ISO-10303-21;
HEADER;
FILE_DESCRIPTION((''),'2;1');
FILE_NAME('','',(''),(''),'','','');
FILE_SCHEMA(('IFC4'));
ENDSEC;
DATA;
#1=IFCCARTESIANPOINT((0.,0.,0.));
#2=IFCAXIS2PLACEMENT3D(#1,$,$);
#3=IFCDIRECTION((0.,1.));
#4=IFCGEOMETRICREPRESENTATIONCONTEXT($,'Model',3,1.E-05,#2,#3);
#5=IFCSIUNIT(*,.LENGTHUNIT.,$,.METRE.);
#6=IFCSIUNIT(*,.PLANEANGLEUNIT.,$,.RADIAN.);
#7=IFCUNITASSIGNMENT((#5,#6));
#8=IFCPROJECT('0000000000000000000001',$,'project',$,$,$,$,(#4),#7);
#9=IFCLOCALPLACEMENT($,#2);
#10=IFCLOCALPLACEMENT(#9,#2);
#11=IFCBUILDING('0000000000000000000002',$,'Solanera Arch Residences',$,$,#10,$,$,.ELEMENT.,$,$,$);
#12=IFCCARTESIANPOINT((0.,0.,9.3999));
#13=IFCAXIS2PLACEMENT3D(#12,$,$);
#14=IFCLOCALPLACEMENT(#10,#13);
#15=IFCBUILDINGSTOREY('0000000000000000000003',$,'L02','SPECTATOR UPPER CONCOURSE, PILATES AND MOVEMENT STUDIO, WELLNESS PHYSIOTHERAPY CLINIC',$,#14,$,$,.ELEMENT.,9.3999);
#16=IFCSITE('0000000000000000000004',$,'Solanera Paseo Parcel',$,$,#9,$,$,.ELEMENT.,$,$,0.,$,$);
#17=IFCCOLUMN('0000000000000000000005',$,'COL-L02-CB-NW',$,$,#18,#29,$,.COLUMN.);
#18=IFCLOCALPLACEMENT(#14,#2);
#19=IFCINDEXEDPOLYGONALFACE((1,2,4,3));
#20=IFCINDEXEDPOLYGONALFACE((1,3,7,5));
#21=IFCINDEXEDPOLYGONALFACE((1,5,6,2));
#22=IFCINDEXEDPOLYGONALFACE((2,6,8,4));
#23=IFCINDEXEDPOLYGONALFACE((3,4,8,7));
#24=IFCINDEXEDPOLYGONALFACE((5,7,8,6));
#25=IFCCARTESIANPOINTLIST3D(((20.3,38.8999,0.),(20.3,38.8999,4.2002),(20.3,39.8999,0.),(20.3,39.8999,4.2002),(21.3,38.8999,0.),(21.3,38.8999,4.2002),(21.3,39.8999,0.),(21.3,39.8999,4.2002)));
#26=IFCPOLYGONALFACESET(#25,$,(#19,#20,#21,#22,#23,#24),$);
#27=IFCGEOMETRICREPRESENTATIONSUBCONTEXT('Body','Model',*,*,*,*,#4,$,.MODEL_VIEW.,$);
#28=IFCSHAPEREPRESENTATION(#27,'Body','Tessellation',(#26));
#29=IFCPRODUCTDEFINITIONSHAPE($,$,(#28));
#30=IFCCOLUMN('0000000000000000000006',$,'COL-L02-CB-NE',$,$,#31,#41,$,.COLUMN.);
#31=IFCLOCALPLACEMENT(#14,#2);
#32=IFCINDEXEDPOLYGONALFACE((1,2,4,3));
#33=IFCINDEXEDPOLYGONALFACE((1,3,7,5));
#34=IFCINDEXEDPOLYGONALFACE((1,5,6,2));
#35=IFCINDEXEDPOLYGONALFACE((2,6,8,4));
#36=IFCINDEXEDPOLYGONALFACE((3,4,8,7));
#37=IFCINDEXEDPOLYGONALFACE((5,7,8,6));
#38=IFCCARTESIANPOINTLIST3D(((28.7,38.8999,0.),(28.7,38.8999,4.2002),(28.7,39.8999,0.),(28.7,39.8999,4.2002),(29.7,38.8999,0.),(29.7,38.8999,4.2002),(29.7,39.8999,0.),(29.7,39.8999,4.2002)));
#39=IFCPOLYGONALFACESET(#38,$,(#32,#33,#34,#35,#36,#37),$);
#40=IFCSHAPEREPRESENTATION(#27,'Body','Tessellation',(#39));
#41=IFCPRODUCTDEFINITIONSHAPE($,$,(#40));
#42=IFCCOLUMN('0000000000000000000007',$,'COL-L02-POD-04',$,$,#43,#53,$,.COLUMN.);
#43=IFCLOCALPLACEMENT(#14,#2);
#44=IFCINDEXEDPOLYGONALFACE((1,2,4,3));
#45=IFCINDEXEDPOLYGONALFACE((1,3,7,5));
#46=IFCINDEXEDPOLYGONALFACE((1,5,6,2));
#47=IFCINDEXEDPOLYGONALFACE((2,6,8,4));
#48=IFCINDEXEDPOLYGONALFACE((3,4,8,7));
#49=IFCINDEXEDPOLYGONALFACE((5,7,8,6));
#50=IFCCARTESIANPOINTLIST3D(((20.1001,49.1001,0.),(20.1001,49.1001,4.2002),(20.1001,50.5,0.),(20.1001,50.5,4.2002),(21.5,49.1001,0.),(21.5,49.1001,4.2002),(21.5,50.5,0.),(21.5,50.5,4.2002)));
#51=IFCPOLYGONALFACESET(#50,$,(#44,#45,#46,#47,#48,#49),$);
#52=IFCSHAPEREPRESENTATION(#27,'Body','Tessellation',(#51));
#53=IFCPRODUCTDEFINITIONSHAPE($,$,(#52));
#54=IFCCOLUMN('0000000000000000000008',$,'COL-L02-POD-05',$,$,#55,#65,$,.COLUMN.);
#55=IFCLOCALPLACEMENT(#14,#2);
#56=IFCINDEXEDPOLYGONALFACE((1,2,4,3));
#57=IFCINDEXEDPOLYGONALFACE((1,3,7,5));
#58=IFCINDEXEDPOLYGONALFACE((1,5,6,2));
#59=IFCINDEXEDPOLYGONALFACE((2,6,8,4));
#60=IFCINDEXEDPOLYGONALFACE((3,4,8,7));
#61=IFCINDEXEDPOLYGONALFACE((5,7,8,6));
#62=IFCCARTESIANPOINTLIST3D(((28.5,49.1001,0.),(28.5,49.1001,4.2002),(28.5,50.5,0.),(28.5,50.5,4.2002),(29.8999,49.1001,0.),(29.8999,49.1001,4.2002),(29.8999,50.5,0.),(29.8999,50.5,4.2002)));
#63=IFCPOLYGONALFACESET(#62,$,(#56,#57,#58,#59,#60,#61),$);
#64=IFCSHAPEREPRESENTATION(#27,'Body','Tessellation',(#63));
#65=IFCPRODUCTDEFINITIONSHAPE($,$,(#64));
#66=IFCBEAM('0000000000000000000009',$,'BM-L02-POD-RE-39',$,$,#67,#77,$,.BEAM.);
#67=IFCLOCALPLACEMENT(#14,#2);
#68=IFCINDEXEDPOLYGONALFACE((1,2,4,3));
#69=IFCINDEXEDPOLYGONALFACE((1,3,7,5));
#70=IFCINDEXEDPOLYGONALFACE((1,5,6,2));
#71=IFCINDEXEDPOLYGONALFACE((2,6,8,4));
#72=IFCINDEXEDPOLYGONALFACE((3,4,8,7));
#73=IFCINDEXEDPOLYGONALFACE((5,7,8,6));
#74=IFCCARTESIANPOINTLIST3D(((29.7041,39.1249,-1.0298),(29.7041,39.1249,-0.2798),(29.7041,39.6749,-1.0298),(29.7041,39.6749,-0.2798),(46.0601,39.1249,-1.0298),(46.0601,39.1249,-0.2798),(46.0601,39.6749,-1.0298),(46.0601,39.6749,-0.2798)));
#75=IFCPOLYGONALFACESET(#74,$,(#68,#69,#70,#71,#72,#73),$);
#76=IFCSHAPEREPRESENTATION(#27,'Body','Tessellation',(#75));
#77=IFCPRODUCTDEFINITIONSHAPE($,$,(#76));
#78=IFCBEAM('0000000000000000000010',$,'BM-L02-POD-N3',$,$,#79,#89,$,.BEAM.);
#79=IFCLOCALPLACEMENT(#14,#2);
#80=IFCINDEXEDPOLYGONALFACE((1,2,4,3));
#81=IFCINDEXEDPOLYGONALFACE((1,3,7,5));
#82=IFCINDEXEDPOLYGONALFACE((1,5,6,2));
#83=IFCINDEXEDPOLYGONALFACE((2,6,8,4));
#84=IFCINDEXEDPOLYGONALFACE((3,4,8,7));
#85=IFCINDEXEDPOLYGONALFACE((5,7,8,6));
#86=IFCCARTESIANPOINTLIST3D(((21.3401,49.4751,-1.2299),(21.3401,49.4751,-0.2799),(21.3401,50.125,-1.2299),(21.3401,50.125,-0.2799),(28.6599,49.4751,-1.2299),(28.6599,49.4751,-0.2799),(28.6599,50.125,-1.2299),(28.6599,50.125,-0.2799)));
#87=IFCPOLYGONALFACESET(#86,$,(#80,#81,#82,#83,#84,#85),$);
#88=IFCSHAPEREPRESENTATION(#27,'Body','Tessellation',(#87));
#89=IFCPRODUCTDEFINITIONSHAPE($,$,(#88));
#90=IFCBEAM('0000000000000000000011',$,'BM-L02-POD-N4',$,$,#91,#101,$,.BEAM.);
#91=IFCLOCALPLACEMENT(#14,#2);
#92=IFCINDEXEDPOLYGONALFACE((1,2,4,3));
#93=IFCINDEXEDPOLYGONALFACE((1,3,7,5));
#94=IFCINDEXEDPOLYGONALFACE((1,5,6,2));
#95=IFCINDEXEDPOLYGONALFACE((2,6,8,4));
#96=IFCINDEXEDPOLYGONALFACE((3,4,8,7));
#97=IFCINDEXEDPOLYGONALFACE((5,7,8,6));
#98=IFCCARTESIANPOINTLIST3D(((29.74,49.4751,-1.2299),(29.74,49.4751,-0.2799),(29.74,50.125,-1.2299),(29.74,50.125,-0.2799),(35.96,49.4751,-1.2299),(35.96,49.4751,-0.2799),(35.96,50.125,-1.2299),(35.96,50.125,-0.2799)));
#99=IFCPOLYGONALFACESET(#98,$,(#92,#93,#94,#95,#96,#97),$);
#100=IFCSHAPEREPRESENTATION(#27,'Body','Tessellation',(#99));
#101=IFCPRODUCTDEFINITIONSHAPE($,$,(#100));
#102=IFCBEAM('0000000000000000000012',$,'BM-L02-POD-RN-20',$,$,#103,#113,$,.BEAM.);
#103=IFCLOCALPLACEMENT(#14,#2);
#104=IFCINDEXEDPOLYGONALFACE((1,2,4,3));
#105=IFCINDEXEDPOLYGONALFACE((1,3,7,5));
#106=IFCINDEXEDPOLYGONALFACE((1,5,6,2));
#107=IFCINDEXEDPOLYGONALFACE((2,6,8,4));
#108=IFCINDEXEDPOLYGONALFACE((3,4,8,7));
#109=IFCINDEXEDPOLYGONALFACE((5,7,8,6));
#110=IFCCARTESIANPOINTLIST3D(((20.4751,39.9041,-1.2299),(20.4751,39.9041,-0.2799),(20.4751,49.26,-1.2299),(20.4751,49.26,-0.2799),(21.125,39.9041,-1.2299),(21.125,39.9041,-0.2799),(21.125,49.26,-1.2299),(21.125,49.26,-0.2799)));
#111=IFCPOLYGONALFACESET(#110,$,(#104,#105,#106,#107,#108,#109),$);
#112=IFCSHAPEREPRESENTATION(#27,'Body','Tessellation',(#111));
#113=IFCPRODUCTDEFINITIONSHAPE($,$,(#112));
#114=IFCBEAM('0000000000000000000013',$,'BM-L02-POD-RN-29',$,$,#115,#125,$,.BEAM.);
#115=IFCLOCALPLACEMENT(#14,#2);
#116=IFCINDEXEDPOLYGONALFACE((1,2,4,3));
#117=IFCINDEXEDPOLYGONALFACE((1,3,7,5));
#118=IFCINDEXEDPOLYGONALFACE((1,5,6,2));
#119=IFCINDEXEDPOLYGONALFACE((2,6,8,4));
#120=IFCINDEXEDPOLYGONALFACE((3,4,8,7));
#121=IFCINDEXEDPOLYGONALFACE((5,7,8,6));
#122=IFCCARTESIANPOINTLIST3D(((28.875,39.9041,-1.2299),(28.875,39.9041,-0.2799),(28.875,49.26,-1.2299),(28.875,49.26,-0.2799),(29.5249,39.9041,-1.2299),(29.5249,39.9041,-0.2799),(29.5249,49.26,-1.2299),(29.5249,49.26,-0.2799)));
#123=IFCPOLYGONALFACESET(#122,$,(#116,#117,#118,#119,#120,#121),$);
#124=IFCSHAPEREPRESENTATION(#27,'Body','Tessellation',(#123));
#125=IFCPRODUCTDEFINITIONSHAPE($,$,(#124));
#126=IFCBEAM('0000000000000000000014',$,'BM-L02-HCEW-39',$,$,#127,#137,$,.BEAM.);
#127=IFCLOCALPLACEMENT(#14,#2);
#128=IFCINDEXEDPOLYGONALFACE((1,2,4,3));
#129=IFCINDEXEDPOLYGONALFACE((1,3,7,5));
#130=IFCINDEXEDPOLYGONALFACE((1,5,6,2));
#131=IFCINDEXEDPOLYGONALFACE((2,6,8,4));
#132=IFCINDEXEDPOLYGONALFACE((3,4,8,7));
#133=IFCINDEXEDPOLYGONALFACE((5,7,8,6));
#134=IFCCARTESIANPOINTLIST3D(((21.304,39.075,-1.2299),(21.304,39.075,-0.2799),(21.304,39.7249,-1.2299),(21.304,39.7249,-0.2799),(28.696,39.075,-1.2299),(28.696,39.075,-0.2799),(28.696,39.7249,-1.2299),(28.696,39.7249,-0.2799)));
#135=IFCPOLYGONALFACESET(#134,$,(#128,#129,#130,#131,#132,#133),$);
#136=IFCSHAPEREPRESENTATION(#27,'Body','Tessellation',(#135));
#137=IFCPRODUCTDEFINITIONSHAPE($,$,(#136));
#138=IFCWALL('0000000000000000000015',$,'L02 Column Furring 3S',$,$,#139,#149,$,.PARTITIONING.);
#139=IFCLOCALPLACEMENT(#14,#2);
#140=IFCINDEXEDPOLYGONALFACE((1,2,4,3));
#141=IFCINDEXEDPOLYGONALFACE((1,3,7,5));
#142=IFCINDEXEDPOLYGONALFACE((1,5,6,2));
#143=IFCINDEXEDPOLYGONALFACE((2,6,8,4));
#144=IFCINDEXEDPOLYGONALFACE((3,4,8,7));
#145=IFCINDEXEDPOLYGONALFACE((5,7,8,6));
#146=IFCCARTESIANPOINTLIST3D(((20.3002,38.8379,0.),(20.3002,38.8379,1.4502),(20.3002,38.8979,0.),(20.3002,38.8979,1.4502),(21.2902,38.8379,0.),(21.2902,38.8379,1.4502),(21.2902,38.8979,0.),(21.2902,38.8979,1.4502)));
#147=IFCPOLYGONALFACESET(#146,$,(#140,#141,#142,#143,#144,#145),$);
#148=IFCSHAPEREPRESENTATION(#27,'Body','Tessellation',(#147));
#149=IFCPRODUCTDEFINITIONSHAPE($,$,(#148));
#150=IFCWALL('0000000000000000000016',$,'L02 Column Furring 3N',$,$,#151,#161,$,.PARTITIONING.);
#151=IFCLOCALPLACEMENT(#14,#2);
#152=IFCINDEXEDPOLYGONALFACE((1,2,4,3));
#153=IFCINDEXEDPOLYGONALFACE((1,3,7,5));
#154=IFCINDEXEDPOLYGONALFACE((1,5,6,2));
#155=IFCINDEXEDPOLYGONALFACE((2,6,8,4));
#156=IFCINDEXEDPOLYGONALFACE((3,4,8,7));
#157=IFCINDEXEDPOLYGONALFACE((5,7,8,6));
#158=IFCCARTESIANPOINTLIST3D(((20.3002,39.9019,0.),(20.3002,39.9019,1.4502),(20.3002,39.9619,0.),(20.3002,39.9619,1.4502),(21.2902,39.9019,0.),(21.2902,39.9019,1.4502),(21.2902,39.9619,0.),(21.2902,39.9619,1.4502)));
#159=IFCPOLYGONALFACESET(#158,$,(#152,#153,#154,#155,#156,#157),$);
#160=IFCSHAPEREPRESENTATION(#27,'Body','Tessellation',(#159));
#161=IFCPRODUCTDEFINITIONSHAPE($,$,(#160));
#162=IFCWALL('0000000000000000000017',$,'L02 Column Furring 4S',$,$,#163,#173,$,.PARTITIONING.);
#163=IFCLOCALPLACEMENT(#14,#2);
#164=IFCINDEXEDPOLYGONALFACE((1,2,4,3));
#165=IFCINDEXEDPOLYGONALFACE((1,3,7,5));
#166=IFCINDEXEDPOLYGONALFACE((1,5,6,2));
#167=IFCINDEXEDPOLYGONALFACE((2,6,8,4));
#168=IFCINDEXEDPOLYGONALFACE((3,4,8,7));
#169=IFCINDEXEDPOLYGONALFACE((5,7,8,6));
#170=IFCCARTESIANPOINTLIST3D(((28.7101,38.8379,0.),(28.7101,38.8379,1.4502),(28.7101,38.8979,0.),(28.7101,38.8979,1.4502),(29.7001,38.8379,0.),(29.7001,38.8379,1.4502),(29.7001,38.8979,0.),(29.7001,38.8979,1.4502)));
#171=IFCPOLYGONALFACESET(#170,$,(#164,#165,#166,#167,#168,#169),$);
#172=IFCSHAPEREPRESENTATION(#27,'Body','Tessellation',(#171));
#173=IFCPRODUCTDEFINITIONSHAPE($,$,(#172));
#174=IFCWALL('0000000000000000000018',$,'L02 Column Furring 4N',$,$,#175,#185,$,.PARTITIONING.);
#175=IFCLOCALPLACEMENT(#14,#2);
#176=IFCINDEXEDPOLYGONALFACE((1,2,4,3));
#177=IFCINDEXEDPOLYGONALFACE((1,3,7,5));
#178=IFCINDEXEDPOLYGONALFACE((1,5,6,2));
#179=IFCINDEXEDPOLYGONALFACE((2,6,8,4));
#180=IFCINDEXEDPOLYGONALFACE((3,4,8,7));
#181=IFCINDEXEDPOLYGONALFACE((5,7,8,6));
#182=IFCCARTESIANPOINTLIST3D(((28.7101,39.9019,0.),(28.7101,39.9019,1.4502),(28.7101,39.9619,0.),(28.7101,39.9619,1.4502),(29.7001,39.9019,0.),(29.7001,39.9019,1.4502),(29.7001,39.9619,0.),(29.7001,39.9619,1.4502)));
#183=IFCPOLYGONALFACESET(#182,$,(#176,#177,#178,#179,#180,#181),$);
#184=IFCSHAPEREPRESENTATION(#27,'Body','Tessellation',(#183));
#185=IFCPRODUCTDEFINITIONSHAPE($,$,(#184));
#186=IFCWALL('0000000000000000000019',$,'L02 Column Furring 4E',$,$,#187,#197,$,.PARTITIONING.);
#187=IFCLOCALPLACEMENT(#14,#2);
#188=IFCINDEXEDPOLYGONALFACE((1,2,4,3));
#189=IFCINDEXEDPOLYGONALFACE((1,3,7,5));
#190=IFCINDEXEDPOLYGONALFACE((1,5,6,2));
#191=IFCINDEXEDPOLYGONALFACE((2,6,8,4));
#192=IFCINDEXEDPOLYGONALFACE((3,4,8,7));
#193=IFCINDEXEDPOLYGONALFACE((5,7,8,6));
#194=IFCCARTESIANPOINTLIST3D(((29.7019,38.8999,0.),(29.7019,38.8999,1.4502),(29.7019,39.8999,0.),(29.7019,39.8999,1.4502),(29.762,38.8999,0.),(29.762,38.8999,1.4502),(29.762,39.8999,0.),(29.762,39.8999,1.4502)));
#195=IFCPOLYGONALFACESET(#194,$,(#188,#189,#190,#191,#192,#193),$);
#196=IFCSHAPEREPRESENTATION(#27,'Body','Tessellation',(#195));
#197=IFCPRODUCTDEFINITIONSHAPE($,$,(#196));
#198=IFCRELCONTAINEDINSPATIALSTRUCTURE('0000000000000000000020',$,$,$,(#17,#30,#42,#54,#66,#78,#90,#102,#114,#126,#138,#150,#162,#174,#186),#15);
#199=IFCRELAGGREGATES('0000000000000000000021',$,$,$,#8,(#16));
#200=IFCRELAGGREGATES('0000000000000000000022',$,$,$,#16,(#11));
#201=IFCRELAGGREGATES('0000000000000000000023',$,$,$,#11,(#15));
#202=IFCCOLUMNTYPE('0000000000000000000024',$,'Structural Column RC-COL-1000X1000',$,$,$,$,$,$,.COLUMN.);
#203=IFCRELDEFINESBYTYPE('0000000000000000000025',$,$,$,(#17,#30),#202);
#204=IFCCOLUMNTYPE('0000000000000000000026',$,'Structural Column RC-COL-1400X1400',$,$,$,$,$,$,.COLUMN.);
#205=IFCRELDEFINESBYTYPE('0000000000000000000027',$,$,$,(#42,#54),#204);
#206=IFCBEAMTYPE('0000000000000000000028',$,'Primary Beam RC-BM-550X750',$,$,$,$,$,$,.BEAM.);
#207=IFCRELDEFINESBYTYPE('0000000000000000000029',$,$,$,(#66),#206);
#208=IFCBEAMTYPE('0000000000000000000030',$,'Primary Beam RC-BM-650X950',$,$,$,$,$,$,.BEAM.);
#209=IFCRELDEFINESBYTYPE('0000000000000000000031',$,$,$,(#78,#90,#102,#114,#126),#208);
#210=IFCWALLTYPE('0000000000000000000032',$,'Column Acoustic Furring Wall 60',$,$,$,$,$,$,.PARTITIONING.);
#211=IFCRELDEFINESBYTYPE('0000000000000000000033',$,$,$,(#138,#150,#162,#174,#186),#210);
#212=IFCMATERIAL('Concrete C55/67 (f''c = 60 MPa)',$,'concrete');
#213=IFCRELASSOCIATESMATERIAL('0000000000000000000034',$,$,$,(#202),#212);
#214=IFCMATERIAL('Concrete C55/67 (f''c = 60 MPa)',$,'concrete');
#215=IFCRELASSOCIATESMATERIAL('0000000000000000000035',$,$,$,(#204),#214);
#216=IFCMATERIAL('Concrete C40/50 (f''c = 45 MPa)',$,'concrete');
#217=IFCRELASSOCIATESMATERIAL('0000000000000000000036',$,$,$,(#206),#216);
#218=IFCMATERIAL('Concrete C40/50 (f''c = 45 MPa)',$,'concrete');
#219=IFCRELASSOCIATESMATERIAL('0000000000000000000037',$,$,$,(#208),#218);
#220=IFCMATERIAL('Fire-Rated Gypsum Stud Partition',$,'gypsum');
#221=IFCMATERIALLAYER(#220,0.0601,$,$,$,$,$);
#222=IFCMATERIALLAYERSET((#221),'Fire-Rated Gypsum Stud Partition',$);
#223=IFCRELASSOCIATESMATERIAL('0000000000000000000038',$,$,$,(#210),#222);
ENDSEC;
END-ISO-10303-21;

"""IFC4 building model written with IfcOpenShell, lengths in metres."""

from ifc_helpers import new_model, si_unit, direction, frame, frame_2d, origin, origin_2d, place, context, subcontext, project, spatial, rectangle, extrude, material, layer, layer_set, material_profile, profile_set, type_object, element, save


model = new_model("IFC4")

# Units and contexts
model_context = context("Model", 3, precision=1e-05, world=origin(), true_north=direction((0.0, 1.0)))
body_context = subcontext(model_context, "Body", "Model", "MODEL_VIEW")
ifc_project = project(units=[si_unit("LENGTHUNIT", "METRE"), si_unit("PLANEANGLEUNIT", "RADIAN")], contexts=[model_context])

# Site, building, storey
site_placement = place(None, origin())
site = spatial("IfcSite", under=ifc_project, at=site_placement, Name="Solanera Paseo Parcel", CompositionType="ELEMENT", RefElevation=0.0)
building_placement = place(site_placement, origin())
building = spatial("IfcBuilding", under=site, at=building_placement, Name="Solanera Arch Residences", CompositionType="ELEMENT")
storey_placement = place(building_placement, frame((0.0, 0.0, 9.3999)))
storey = spatial("IfcBuildingStorey", under=building, at=storey_placement, Name="L02", Description="SPECTATOR UPPER CONCOURSE, PILATES AND MOVEMENT STUDIO, WELLNESS PHYSIOTHERAPY CLINIC", CompositionType="ELEMENT", Elevation=9.3999)

# Columns
ifc_material_1 = material(Name="Concrete C55/67 (f'c = 60 MPa)", Category="concrete")
ifc_material_profile_1 = material_profile(ifc_material_1, rectangle(XDim=1.0, YDim=1.0, at=origin_2d()))
ifc_profile_set_1 = profile_set([ifc_material_profile_1], Name="Concrete C55/67 (f'c = 60 MPa)")
column_type_1 = type_object("IfcColumnType", Name="Structural Column RC-COL-1000X1000", PredefinedType="COLUMN", material=ifc_profile_set_1)
for number, where, z_axis, x_axis, name in (
    (1, (20.8, 39.3999, 0.0), (0.0, 0.0, 1.0), (1.0, 0.0, 0.0), "COL-L02-CB-NW"),
    (2, (29.2, 39.3999, 0.0), (0.0, 0.0, 1.0), (1.0, 0.0, 0.0), "COL-L02-CB-NE"),
):
    element("IfcColumn", number, at=place(storey_placement, frame(where, z_axis=z_axis, x_axis=x_axis)), inside=storey, type_object=column_type_1, Name=name, PredefinedType="COLUMN", context=body_context, shape_type="SweptSolid", body=[
        extrude(rectangle(XDim=1.0, YDim=1.0, at=origin_2d()), origin(), (0.0, 0.0, 1.0), 4.2002),
    ])
ifc_material_2 = material(Name="Concrete C55/67 (f'c = 60 MPa)", Category="concrete")
ifc_material_profile_2 = material_profile(ifc_material_2, rectangle(XDim=1.3999, YDim=1.3999, at=origin_2d()))
ifc_profile_set_2 = profile_set([ifc_material_profile_2], Name="Concrete C55/67 (f'c = 60 MPa)")
column_type_2 = type_object("IfcColumnType", Name="Structural Column RC-COL-1400X1400", PredefinedType="COLUMN", material=ifc_profile_set_2)
for number, where, z_axis, x_axis, name in (
    (3, (20.8, 49.8, 0.0), (0.0, 0.0, 1.0), (1.0, 0.0, 0.0), "COL-L02-POD-04"),
    (4, (29.2, 49.8, 0.0), (0.0, 0.0, 1.0), (1.0, 0.0, 0.0), "COL-L02-POD-05"),
):
    element("IfcColumn", number, at=place(storey_placement, frame(where, z_axis=z_axis, x_axis=x_axis)), inside=storey, type_object=column_type_2, Name=name, PredefinedType="COLUMN", context=body_context, shape_type="SweptSolid", body=[
        extrude(rectangle(XDim=1.3999, YDim=1.3999, at=origin_2d()), origin(), (0.0, 0.0, 1.0), 4.2002),
    ])

# Beams
ifc_material_3 = material(Name="Concrete C40/50 (f'c = 45 MPa)", Category="concrete")
ifc_material_profile_3 = material_profile(ifc_material_3, rectangle(XDim=0.55, YDim=0.75, at=origin_2d()))
ifc_profile_set_3 = profile_set([ifc_material_profile_3], Name="Concrete C40/50 (f'c = 45 MPa)")
beam_type_1 = type_object("IfcBeamType", Name="Primary Beam RC-BM-550X750", PredefinedType="BEAM", material=ifc_profile_set_3)
beam_1_placement = place(storey_placement, frame((29.7041, 39.3999, -0.6548), z_axis=(1.0, 0.0, 0.0), x_axis=(0.0, 1.0, 0.0)))
element("IfcBeam", 5, at=beam_1_placement, inside=storey, type_object=beam_type_1, Name="BM-L02-POD-RE-39", PredefinedType="BEAM", context=body_context, shape_type="SweptSolid", body=[
    extrude(rectangle(XDim=0.55, YDim=0.75, at=origin_2d()), origin(), (0.0, 0.0, 1.0), 16.356),
])
ifc_material_4 = material(Name="Concrete C40/50 (f'c = 45 MPa)", Category="concrete")
ifc_material_profile_4 = material_profile(ifc_material_4, rectangle(XDim=0.6499, YDim=0.95, at=origin_2d()))
ifc_profile_set_4 = profile_set([ifc_material_profile_4], Name="Concrete C40/50 (f'c = 45 MPa)")
beam_type_2 = type_object("IfcBeamType", Name="Primary Beam RC-BM-650X950", PredefinedType="BEAM", material=ifc_profile_set_4)
beam_2_placement = place(storey_placement, frame((21.3401, 49.8, -0.7549), z_axis=(1.0, 0.0, 0.0), x_axis=(0.0, 1.0, 0.0)))
element("IfcBeam", 6, at=beam_2_placement, inside=storey, type_object=beam_type_2, Name="BM-L02-POD-N3", PredefinedType="BEAM", context=body_context, shape_type="SweptSolid", body=[
    extrude(rectangle(XDim=0.6499, YDim=0.95, at=origin_2d()), origin(), (0.0, 0.0, 1.0), 7.3198),
])
beam_3_placement = place(storey_placement, frame((29.74, 49.8, -0.7549), z_axis=(1.0, 0.0, 0.0), x_axis=(0.0, 1.0, 0.0)))
element("IfcBeam", 7, at=beam_3_placement, inside=storey, type_object=beam_type_2, Name="BM-L02-POD-N4", PredefinedType="BEAM", context=body_context, shape_type="SweptSolid", body=[
    extrude(rectangle(XDim=0.6499, YDim=0.95, at=origin_2d()), origin(), (0.0, 0.0, 1.0), 6.22),
])
for number, where, z_axis, x_axis, name in (
    (8, (20.8, 39.9041, -0.7549), (0.0, 1.0, 0.0), (-1.0, 0.0, 0.0), "BM-L02-POD-RN-20"),
    (9, (29.2, 39.9041, -0.7549), (0.0, 1.0, 0.0), (-1.0, 0.0, 0.0), "BM-L02-POD-RN-29"),
):
    element("IfcBeam", number, at=place(storey_placement, frame(where, z_axis=z_axis, x_axis=x_axis)), inside=storey, type_object=beam_type_2, Name=name, PredefinedType="BEAM", context=body_context, shape_type="SweptSolid", body=[
        extrude(rectangle(XDim=0.6499, YDim=0.95, at=origin_2d()), origin(), (0.0, 0.0, 1.0), 9.356),
    ])
beam_4_placement = place(storey_placement, frame((21.304, 39.3999, -0.7549), z_axis=(1.0, 0.0, 0.0), x_axis=(0.0, 1.0, 0.0)))
element("IfcBeam", 10, at=beam_4_placement, inside=storey, type_object=beam_type_2, Name="BM-L02-HCEW-39", PredefinedType="BEAM", context=body_context, shape_type="SweptSolid", body=[
    extrude(rectangle(XDim=0.6499, YDim=0.95, at=origin_2d()), origin(), (0.0, 0.0, 1.0), 7.3921),
])

# Walls
ifc_material_5 = material(Name="Fire-Rated Gypsum Stud Partition", Category="gypsum")
ifc_layer_1 = layer(ifc_material_5, 0.0601)
ifc_layer_set_1 = layer_set([ifc_layer_1], Name="Fire-Rated Gypsum Stud Partition")
wall_type_1 = type_object("IfcWallType", Name="Column Acoustic Furring Wall 60", PredefinedType="PARTITIONING", material=ifc_layer_set_1)
for number, where, z_axis, x_axis, name in (
    (11, (20.3, 38.8679, 0.0), (0.0, 0.0, 1.0), (1.0, 0.0, 0.0), "L02 Column Furring 3S"),
    (12, (20.3, 39.9319, 0.0), (0.0, 0.0, 1.0), (1.0, 0.0, 0.0), "L02 Column Furring 3N"),
    (13, (28.71, 38.8679, 0.0), (0.0, 0.0, 1.0), (1.0, 0.0, 0.0), "L02 Column Furring 4S"),
    (14, (28.71, 39.9319, 0.0), (0.0, 0.0, 1.0), (1.0, 0.0, 0.0), "L02 Column Furring 4N"),
):
    element("IfcWall", number, at=place(storey_placement, frame(where, z_axis=z_axis, x_axis=x_axis)), inside=storey, type_object=wall_type_1, Name=name, PredefinedType="PARTITIONING", context=body_context, shape_type="SweptSolid", body=[
        extrude(rectangle(XDim=0.99, YDim=0.0601, at=frame_2d((0.4951, 0.0))), origin(), (0.0, 0.0, 1.0), 1.4502),
    ])
wall_1_placement = place(storey_placement, frame((29.7319, 38.8999, 0.0), z_axis=(0.0, 0.0, 1.0), x_axis=(0.0, 1.0, 0.0)))
element("IfcWall", 15, at=wall_1_placement, inside=storey, type_object=wall_type_1, Name="L02 Column Furring 4E", PredefinedType="PARTITIONING", context=body_context, shape_type="SweptSolid", body=[
    extrude(rectangle(XDim=1.0, YDim=0.0601, at=frame_2d((0.5, 0.0))), origin(), (0.0, 0.0, 1.0), 1.4502),
])

save(model, "model.ifc")
